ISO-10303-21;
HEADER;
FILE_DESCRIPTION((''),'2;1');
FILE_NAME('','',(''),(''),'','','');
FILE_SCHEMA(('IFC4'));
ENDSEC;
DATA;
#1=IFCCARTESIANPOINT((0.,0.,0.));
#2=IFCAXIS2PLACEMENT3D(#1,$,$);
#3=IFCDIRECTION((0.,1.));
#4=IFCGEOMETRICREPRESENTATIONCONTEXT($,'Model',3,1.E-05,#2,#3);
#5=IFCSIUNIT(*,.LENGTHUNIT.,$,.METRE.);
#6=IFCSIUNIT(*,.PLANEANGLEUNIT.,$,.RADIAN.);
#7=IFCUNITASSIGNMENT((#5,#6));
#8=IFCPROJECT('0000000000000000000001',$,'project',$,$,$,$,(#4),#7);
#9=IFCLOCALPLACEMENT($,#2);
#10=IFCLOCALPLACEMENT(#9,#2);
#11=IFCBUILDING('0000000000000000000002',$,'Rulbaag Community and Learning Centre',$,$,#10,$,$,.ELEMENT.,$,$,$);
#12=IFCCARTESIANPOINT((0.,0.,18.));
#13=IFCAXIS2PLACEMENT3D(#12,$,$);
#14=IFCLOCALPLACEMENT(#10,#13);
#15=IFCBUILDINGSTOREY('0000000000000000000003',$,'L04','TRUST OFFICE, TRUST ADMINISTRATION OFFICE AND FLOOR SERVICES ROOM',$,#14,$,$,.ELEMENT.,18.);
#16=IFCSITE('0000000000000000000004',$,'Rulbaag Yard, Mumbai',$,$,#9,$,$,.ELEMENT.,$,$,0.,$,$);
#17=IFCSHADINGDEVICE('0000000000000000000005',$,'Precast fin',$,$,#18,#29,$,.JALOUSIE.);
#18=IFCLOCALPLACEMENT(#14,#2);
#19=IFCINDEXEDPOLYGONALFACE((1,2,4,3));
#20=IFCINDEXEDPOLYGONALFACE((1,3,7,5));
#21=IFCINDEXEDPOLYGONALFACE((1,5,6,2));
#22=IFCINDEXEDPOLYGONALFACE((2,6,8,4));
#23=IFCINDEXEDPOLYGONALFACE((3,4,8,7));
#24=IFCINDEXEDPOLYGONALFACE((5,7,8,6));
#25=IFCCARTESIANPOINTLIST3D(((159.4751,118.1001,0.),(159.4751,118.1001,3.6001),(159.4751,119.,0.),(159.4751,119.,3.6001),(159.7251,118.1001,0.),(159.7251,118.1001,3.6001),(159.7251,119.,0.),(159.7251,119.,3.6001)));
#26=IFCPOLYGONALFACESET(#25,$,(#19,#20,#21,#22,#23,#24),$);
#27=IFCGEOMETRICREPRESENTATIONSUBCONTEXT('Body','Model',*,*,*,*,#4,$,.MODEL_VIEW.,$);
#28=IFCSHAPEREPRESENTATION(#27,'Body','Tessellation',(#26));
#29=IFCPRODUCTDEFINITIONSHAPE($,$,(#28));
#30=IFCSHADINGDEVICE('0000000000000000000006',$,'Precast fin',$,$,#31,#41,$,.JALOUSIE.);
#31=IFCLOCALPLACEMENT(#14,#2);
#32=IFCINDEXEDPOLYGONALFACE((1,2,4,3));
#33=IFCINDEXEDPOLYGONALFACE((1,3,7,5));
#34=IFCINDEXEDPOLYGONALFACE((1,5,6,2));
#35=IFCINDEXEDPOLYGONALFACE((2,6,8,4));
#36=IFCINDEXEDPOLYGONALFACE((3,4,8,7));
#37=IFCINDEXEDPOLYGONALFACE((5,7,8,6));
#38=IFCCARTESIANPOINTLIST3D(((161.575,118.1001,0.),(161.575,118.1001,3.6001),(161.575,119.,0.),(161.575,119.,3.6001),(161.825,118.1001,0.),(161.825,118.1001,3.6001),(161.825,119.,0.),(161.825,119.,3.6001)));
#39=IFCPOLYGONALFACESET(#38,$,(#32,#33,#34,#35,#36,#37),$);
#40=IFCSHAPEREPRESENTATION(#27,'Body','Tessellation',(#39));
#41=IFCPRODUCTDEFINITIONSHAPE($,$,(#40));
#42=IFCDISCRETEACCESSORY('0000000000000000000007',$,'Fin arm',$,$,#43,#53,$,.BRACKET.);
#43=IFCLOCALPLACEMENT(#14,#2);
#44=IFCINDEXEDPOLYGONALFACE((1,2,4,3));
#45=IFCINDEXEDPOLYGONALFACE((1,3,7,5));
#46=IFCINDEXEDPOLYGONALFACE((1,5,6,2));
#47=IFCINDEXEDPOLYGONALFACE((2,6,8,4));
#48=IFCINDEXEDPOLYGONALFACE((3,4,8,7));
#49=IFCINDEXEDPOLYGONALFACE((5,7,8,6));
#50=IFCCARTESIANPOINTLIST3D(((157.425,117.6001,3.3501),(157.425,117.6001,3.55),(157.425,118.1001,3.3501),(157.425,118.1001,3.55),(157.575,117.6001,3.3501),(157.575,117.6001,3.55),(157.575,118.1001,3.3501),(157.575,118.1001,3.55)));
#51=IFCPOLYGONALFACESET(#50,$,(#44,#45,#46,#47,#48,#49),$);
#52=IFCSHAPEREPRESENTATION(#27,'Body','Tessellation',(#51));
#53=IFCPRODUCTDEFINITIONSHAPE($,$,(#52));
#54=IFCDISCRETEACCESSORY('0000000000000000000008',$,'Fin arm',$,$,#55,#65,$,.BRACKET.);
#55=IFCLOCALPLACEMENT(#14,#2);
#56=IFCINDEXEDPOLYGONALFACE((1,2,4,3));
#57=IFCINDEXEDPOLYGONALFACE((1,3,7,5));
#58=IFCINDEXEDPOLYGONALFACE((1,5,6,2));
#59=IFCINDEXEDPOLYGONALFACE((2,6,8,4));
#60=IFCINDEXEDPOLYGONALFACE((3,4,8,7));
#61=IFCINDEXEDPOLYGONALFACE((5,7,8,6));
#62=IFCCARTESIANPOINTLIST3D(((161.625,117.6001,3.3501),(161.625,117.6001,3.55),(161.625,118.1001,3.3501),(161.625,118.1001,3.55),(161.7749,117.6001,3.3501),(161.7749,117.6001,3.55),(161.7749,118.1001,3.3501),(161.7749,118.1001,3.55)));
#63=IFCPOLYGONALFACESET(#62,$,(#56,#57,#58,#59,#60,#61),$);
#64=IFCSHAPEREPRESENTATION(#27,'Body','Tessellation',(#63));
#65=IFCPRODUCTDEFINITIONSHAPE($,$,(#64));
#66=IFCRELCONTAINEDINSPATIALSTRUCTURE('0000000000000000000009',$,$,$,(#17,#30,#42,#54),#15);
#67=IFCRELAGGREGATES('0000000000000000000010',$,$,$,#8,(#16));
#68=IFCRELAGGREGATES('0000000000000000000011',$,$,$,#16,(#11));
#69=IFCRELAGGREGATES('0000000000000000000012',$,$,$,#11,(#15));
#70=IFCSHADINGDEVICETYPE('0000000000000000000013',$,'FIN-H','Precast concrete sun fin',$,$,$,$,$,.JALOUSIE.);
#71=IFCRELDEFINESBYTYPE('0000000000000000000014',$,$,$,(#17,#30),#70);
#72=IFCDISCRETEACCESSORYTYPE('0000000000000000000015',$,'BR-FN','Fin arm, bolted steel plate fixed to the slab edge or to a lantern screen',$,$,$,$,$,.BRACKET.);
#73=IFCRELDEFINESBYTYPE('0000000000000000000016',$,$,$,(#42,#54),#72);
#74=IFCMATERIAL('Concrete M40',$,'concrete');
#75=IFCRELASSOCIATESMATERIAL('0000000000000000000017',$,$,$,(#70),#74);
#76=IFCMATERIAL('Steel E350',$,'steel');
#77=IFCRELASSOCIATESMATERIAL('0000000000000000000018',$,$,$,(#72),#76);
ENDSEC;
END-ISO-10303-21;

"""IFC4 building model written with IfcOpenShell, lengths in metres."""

from ifc_helpers import new_model, si_unit, direction, frame, origin, origin_2d, place, context, subcontext, project, spatial, rectangle, extrude, material, material_profile, profile_set, type_object, element, save


model = new_model("IFC4")

# Units and contexts
model_context = context("Model", 3, precision=1e-05, world=origin(), true_north=direction((0.0, 1.0)))
body_context = subcontext(model_context, "Body", "Model", "MODEL_VIEW")
ifc_project = project(units=[si_unit("LENGTHUNIT", "METRE"), si_unit("PLANEANGLEUNIT", "RADIAN")], contexts=[model_context])

# Site, building, storey
site_placement = place(None, origin())
site = spatial("IfcSite", under=ifc_project, at=site_placement, Name="Rulbaag Yard, Mumbai", CompositionType="ELEMENT", RefElevation=0.0)
building_placement = place(site_placement, origin())
building = spatial("IfcBuilding", under=site, at=building_placement, Name="Rulbaag Community and Learning Centre", CompositionType="ELEMENT")
storey_placement = place(building_placement, frame((0.0, 0.0, 18.0)))
storey = spatial("IfcBuildingStorey", under=building, at=storey_placement, Name="L04", Description="TRUST OFFICE, TRUST ADMINISTRATION OFFICE AND FLOOR SERVICES ROOM", CompositionType="ELEMENT", Elevation=18.0)

# Shared definitions
ifc_material_1 = material(Name="Concrete M40", Category="concrete")

# Shading devices
ifc_material_profile_1 = material_profile(ifc_material_1, rectangle(XDim=0.25, YDim=0.8999, at=origin_2d()), Name="PC 250x900")
ifc_profile_set_1 = profile_set([ifc_material_profile_1], Name="Concrete M40")
shading_device_type = type_object("IfcShadingDeviceType", Name="FIN-H", Description="Precast concrete sun fin", PredefinedType="JALOUSIE", material=ifc_profile_set_1)
for number, where, z_axis, x_axis, name in (
    (1, (159.6001, 118.55, 0.0), (0.0, 0.0, 1.0), (1.0, 0.0, 0.0), "Precast fin"),
    (2, (161.7, 118.55, 0.0), (0.0, 0.0, 1.0), (1.0, 0.0, 0.0), "Precast fin"),
):
    element("IfcShadingDevice", number, at=place(storey_placement, frame(where, z_axis=z_axis, x_axis=x_axis)), inside=storey, type_object=shading_device_type, Name=name, PredefinedType="JALOUSIE", context=body_context, shape_type="SweptSolid", body=[
        extrude(rectangle(XDim=0.25, YDim=0.8999, at=origin_2d()), origin(), (0.0, 0.0, 1.0), 3.6001),
    ])

# Discrete accessories
ifc_material_2 = material(Name="Steel E350", Category="steel")
discrete_accessory_type = type_object("IfcDiscreteAccessoryType", Name="BR-FN", Description="Fin arm, bolted steel plate fixed to the slab edge or to a lantern screen", PredefinedType="BRACKET", material=ifc_material_2)
for number, where, z_axis, x_axis, name in (
    (3, (157.5, 117.8501, 3.3501), (0.0, 0.0, 1.0), (1.0, 0.0, 0.0), "Fin arm"),
    (4, (161.7, 117.8501, 3.3501), (0.0, 0.0, 1.0), (1.0, 0.0, 0.0), "Fin arm"),
):
    element("IfcDiscreteAccessory", number, at=place(storey_placement, frame(where, z_axis=z_axis, x_axis=x_axis)), inside=storey, type_object=discrete_accessory_type, Name=name, PredefinedType="BRACKET", context=body_context, shape_type="SweptSolid", body=[
        extrude(rectangle(XDim=0.1499, YDim=0.5, at=origin_2d()), origin(), (0.0, 0.0, 1.0), 0.2),
    ])

save(model, "model.ifc")
